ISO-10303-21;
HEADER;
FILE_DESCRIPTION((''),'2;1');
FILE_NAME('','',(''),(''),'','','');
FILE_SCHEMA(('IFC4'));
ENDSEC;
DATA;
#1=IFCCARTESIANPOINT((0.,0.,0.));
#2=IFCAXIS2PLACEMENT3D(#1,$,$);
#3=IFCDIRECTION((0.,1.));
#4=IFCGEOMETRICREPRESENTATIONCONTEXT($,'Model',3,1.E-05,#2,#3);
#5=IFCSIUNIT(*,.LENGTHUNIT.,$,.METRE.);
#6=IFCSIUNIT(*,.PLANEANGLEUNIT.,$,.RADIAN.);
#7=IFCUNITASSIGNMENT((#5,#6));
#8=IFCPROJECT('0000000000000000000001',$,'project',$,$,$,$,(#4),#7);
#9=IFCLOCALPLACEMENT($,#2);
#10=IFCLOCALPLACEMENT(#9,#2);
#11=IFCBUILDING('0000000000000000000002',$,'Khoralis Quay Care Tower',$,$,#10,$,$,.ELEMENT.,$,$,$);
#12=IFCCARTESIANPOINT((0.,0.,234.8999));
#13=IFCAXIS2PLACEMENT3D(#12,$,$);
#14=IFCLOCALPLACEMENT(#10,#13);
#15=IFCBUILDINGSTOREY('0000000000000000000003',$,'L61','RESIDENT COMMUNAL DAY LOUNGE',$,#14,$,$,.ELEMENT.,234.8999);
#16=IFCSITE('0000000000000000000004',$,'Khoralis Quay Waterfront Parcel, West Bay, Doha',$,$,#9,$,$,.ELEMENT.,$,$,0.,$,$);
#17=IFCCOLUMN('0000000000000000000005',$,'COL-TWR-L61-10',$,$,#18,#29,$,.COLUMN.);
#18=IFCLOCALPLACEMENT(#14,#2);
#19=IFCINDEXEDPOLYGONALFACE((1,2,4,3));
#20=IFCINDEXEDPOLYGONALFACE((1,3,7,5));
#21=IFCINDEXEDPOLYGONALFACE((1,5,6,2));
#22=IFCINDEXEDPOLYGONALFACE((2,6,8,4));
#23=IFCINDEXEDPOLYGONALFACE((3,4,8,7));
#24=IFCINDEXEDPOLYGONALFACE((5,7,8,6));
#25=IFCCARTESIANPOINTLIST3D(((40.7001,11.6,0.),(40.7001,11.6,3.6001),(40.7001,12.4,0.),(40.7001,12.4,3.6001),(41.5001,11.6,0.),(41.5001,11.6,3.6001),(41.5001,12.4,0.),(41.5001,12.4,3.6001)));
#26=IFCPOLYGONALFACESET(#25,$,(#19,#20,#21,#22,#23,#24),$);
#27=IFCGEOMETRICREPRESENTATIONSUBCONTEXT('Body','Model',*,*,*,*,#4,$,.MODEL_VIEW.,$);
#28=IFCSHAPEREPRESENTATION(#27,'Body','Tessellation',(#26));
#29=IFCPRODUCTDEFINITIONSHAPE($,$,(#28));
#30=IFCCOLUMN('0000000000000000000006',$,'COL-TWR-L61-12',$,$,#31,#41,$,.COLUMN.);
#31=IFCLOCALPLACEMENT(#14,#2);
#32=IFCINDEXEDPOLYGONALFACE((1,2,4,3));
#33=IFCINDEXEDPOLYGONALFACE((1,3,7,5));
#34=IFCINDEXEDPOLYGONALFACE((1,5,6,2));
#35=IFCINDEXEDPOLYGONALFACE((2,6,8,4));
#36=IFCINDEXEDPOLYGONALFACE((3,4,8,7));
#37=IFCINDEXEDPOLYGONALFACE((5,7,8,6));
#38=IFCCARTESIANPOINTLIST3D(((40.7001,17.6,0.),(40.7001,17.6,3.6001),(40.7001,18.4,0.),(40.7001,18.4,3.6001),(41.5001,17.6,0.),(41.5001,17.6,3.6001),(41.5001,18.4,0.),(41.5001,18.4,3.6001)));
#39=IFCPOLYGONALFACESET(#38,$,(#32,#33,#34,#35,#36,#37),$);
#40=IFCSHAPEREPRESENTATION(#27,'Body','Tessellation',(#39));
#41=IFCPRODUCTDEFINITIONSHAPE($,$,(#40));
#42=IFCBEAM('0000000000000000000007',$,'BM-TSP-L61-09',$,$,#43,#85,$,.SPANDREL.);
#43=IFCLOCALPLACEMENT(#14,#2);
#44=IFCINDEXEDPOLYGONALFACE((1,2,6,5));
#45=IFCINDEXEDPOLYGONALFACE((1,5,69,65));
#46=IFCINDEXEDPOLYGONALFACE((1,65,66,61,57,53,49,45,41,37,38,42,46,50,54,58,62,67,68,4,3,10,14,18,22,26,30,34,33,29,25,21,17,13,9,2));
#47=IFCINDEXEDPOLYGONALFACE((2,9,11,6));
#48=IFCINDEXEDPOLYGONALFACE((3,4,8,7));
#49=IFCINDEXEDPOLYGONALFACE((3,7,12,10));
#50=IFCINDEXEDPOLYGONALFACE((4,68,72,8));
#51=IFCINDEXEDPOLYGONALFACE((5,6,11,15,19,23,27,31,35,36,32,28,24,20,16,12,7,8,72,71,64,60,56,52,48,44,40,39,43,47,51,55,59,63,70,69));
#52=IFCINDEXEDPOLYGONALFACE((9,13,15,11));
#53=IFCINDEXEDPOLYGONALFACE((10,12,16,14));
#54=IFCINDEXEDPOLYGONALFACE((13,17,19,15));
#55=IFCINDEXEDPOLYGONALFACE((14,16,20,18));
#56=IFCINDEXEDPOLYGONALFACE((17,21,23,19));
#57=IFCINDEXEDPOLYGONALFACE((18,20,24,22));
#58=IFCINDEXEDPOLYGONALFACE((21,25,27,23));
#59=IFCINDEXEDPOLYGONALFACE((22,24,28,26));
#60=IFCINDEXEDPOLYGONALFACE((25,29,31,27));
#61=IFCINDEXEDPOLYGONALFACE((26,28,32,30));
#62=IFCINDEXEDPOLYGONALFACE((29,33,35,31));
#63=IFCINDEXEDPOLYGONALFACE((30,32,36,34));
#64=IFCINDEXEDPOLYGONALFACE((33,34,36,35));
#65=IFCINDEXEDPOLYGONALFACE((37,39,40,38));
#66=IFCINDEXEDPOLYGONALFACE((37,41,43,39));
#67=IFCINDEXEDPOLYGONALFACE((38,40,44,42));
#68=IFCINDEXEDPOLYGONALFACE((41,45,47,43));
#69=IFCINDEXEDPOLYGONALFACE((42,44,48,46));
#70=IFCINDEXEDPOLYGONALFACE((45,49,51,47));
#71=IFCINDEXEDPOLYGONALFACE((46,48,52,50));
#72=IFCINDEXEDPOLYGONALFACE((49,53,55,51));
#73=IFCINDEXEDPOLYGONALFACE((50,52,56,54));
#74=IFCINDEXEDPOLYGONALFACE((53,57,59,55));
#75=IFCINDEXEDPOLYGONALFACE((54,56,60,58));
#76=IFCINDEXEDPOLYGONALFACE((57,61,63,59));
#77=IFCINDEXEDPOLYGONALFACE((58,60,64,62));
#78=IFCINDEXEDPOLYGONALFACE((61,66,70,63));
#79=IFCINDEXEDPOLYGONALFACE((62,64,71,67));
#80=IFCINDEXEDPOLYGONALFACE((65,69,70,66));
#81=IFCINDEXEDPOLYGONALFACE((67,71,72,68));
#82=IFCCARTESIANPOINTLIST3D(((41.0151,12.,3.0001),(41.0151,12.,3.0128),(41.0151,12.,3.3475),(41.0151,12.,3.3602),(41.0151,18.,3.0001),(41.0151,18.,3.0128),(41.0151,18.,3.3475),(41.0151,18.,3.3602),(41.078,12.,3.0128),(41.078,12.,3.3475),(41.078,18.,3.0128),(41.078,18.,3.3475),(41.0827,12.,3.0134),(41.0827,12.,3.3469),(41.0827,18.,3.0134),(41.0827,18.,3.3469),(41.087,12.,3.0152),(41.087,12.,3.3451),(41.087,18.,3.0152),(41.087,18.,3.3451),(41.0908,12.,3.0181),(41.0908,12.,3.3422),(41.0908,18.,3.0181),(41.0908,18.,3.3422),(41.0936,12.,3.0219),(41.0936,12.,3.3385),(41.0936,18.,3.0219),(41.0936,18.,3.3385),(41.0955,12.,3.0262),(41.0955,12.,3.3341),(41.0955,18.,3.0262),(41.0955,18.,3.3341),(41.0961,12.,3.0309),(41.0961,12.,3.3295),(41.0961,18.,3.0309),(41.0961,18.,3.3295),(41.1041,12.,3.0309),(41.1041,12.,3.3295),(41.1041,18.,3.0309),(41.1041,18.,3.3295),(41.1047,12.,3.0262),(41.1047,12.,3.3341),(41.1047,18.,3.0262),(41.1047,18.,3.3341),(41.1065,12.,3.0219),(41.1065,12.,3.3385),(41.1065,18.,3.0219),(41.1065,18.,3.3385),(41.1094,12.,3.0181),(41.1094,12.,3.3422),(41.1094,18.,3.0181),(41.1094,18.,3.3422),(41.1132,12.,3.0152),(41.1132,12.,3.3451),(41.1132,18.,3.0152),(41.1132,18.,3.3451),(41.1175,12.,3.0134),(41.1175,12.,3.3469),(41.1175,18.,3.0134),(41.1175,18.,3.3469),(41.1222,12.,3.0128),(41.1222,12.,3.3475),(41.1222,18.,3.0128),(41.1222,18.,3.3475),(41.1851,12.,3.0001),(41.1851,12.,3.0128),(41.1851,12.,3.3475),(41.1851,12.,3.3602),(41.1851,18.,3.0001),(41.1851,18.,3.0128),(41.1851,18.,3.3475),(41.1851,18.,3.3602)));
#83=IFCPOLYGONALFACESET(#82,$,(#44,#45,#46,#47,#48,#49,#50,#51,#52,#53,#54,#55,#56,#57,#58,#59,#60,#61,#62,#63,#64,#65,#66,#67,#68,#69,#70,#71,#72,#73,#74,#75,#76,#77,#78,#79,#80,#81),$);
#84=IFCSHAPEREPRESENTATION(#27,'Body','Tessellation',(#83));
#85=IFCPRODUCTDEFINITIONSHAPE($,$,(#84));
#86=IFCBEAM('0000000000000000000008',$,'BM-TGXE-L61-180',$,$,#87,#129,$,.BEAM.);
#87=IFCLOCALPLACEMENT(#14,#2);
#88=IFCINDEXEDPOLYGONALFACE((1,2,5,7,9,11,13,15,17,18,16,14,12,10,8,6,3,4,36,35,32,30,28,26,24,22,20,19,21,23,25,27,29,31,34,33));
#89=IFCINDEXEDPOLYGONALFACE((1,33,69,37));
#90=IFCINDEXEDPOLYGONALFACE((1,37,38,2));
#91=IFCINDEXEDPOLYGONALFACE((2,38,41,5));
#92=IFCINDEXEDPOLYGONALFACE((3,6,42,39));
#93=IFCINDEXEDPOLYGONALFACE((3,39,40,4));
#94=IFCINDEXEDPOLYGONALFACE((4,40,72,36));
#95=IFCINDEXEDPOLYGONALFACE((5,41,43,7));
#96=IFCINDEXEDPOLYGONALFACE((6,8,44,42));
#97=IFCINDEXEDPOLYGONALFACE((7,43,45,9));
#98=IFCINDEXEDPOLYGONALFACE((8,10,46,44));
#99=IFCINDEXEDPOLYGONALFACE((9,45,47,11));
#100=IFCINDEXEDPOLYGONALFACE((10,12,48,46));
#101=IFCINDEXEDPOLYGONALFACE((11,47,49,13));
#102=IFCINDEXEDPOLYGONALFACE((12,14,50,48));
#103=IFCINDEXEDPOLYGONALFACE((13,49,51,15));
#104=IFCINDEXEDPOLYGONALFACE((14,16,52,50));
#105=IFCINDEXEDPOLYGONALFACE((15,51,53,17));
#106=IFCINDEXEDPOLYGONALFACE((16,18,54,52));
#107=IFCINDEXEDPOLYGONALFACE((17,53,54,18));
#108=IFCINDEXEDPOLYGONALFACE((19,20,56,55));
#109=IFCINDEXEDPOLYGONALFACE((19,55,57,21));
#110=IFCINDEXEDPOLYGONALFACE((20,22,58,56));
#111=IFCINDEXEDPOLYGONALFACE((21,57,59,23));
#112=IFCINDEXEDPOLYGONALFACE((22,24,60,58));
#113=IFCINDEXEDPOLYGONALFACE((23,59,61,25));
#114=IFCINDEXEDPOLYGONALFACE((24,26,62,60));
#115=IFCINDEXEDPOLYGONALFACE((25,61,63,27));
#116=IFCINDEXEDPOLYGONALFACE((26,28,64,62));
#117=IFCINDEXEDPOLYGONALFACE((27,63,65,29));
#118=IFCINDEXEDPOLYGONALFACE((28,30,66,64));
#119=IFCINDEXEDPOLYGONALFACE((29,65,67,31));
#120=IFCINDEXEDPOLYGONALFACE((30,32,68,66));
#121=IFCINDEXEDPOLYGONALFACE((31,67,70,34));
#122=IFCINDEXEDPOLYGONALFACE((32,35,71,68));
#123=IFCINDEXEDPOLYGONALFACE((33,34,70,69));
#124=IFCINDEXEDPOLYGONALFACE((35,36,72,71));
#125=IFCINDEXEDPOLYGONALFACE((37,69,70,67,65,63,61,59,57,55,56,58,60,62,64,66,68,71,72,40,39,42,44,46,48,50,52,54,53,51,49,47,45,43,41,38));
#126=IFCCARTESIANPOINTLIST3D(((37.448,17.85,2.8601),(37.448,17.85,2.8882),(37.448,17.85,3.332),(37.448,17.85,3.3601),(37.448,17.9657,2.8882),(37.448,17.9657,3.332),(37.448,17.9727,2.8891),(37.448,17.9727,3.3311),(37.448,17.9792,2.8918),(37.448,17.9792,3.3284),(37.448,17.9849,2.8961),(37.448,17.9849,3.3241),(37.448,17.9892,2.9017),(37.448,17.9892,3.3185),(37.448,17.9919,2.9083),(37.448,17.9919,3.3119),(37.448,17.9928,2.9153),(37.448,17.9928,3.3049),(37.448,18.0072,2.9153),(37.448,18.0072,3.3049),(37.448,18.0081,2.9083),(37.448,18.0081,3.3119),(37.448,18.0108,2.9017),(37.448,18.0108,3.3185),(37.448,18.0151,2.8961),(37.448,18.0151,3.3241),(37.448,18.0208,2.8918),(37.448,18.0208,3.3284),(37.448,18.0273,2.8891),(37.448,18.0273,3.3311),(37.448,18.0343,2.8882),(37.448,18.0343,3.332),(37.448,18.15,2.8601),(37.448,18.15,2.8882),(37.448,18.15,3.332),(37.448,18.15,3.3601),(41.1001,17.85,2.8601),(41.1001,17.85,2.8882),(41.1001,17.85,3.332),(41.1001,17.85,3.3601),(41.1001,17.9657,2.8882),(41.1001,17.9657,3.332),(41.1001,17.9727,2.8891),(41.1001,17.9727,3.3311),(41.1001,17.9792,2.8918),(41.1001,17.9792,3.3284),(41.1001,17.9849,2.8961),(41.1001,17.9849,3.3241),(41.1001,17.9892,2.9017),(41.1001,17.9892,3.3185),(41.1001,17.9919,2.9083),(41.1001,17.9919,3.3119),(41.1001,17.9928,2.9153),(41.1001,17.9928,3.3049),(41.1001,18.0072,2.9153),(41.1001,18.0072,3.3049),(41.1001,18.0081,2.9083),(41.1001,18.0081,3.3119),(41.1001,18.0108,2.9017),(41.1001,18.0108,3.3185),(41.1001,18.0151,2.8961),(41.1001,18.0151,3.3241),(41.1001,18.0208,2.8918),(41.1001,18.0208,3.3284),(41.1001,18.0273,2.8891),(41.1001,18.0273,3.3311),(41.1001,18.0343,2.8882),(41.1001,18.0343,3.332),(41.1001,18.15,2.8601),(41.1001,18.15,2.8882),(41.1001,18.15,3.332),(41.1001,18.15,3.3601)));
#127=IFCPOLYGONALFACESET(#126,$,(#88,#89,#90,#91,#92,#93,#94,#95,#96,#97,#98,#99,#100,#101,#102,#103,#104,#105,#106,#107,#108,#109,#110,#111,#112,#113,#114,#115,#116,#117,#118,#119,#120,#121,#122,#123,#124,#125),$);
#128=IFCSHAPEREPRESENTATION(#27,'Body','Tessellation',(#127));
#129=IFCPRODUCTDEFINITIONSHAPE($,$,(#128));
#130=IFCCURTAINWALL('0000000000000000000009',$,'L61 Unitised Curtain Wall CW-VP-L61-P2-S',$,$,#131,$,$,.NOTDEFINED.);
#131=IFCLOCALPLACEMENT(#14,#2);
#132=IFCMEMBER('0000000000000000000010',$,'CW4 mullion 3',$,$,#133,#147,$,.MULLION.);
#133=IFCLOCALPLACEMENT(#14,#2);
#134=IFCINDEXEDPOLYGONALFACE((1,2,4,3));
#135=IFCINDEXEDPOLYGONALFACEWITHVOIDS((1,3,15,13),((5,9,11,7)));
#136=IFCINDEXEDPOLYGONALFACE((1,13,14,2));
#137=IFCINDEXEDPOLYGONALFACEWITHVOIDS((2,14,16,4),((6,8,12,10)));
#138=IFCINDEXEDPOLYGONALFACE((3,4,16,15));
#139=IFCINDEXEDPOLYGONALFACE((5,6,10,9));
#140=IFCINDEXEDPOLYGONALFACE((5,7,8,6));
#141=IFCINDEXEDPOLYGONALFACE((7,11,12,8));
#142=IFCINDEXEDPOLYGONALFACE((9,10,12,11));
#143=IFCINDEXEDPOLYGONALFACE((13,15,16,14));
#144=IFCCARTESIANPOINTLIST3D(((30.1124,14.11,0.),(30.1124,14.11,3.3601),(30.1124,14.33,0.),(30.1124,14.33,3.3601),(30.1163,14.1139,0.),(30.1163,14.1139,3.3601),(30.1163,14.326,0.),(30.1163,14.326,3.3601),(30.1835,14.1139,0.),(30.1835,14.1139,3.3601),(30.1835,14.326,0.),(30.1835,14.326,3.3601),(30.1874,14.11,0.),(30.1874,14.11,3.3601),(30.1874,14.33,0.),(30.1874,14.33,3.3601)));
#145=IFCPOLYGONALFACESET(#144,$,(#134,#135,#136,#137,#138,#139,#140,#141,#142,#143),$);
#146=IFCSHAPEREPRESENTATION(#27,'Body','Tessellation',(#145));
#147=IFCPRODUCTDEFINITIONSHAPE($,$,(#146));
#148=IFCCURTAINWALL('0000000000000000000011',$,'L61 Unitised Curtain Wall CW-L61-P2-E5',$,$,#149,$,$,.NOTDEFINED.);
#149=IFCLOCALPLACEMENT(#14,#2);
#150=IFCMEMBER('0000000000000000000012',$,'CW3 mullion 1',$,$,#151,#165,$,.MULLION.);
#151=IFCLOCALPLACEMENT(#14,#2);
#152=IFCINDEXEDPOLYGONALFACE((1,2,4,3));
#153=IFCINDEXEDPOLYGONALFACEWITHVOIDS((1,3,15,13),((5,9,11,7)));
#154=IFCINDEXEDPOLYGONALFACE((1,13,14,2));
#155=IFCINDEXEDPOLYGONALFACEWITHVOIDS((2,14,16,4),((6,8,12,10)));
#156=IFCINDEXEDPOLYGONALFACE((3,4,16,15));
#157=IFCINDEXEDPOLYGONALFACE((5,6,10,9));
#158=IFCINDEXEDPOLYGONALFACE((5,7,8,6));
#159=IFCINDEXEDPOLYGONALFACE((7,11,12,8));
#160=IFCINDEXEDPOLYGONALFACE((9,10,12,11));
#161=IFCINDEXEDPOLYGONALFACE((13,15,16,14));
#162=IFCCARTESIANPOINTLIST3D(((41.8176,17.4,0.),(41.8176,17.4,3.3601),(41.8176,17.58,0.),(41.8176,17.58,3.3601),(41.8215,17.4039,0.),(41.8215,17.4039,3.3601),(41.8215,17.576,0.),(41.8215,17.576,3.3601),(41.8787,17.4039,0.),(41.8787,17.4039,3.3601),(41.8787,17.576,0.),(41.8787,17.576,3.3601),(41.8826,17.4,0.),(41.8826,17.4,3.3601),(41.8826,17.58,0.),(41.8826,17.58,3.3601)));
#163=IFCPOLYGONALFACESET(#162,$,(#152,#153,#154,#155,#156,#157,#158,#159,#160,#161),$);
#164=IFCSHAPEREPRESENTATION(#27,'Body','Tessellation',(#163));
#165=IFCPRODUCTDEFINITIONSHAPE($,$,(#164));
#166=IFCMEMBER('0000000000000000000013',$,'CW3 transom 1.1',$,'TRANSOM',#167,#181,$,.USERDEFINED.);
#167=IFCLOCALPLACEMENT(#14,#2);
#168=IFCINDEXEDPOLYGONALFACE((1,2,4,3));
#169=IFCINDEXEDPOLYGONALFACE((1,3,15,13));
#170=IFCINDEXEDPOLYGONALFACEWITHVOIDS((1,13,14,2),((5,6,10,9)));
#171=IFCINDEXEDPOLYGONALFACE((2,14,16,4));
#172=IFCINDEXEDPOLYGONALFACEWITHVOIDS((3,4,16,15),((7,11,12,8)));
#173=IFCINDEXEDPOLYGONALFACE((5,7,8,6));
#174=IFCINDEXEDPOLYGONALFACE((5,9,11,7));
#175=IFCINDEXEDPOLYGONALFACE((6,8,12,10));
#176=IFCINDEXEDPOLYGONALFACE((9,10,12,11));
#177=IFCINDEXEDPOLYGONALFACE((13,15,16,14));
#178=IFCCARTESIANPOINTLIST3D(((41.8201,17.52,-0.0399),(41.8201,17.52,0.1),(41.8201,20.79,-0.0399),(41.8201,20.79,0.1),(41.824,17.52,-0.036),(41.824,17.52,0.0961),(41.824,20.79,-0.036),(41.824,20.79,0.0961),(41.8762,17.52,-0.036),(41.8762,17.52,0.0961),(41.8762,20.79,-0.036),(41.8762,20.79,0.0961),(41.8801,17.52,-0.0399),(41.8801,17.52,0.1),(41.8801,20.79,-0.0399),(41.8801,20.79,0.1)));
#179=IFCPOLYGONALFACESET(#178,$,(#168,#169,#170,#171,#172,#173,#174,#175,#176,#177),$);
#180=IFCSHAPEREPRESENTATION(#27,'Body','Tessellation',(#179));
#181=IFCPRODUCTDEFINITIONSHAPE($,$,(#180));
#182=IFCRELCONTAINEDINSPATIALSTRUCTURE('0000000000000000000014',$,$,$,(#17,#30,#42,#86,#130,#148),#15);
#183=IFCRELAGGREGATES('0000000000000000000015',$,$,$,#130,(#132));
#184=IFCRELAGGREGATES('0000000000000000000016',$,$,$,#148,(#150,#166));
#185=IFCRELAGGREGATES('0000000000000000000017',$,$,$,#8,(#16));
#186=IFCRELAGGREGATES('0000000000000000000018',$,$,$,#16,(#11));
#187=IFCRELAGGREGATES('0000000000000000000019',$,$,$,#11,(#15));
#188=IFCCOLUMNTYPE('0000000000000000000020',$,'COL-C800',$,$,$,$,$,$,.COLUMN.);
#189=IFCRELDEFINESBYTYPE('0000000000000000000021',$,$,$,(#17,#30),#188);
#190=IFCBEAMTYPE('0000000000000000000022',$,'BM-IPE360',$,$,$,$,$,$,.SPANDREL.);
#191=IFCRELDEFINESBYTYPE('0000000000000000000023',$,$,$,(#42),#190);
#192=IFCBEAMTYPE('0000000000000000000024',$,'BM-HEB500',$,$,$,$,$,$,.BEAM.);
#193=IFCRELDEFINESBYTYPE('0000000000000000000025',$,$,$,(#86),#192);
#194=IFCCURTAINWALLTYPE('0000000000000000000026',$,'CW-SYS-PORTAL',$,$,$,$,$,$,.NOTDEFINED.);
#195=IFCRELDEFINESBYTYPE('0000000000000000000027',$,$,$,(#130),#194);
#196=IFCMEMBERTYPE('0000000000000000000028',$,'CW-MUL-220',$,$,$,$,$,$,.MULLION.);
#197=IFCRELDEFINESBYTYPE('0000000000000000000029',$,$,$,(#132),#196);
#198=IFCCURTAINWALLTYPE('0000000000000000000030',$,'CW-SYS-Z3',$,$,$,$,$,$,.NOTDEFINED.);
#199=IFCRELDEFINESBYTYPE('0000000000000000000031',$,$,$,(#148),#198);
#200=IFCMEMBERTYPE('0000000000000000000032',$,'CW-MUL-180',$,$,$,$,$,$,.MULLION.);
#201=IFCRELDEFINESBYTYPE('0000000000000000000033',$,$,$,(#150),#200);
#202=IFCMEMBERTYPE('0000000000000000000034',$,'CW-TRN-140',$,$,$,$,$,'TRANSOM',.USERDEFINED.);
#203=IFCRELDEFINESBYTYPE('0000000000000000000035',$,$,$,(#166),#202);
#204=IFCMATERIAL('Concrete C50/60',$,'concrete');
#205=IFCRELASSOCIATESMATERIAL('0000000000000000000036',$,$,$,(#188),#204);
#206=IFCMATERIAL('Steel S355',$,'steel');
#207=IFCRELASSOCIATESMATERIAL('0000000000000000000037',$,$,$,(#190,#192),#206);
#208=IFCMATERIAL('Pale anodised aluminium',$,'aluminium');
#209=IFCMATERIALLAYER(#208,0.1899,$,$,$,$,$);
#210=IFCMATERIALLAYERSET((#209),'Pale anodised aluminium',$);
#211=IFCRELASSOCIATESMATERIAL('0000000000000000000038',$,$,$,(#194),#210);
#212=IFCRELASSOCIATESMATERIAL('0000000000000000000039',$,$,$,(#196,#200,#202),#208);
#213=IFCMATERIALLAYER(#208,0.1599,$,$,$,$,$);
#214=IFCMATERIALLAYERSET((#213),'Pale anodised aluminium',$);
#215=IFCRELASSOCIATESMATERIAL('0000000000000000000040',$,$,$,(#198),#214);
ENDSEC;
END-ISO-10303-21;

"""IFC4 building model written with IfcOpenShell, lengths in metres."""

from ifc_helpers import new_model, si_unit, direction, frame, origin, origin_2d, place, context, subcontext, project, spatial, rectangle, hollow_rectangle, i_section, extrude, source, transform, mapped, material, layer, layer_set, material_profile, profile_set, type_object, element, aggregate, save


model = new_model("IFC4")

# Units and contexts
model_context = context("Model", 3, precision=1e-05, world=origin(), true_north=direction((0.0, 1.0)))
body_context = subcontext(model_context, "Body", "Model", "MODEL_VIEW")
ifc_project = project(units=[si_unit("LENGTHUNIT", "METRE"), si_unit("PLANEANGLEUNIT", "RADIAN")], contexts=[model_context])

# Site, building, storey
site_placement = place(None, origin())
site = spatial("IfcSite", under=ifc_project, at=site_placement, Name="Khoralis Quay Waterfront Parcel, West Bay, Doha", CompositionType="ELEMENT", RefElevation=0.0)
building_placement = place(site_placement, origin())
building = spatial("IfcBuilding", under=site, at=building_placement, Name="Khoralis Quay Care Tower", CompositionType="ELEMENT")
storey_placement = place(building_placement, frame((0.0, 0.0, 234.8999)))
storey = spatial("IfcBuildingStorey", under=building, at=storey_placement, Name="L61", Description="RESIDENT COMMUNAL DAY LOUNGE", CompositionType="ELEMENT", Elevation=234.8999)

# Columns
ifc_material_1 = material(Name="Concrete C50/60", Category="concrete")
ifc_material_profile_1 = material_profile(ifc_material_1, rectangle(XDim=0.8, YDim=0.8, at=origin_2d()), Name="Concrete C50/60")
ifc_profile_set_1 = profile_set([ifc_material_profile_1], Name="Concrete C50/60")
column_type = type_object("IfcColumnType", Name="COL-C800", PredefinedType="COLUMN", material=ifc_profile_set_1)
shared_shape_1 = source(origin(), body_context, "Body", "SweptSolid", [
    extrude(rectangle(XDim=0.8, YDim=0.8, at=origin_2d()), origin(), (0.0, 0.0, 1.0), 3.6001),
])
for number, where, z_axis, x_axis, name in (
    (1, (41.1001, 12.0, 0.0), (0.0, 0.0, 1.0), (1.0, 0.0, 0.0), "COL-TWR-L61-10"),
    (2, (41.1001, 18.0, 0.0), (0.0, 0.0, 1.0), (1.0, 0.0, 0.0), "COL-TWR-L61-12"),
):
    element("IfcColumn", number, at=place(storey_placement, frame(where, z_axis=z_axis, x_axis=x_axis)), inside=storey, type_object=column_type, Name=name, PredefinedType="COLUMN", context=body_context, shape_type="MappedRepresentation", body=[
        mapped(shared_shape_1, transform((0.0, 0.0, 0.0), scale=1.0)),
    ])

# Beams
ifc_material_2 = material(Name="Steel S355", Category="steel")
ifc_material_profile_2 = material_profile(ifc_material_2, i_section(OverallWidth=0.1699, OverallDepth=0.3601, WebThickness=0.0081, FlangeThickness=0.0127, FilletRadius=0.0181, at=origin_2d()), Name="Steel S355")
ifc_profile_set_2 = profile_set([ifc_material_profile_2], Name="Steel S355")
beam_type_1 = type_object("IfcBeamType", Name="BM-IPE360", PredefinedType="SPANDREL", material=ifc_profile_set_2)
shared_shape_2 = source(origin(), body_context, "Body", "SweptSolid", [
    extrude(i_section(OverallWidth=0.1699, OverallDepth=0.3601, WebThickness=0.0081, FlangeThickness=0.0127, FilletRadius=0.0181, at=origin_2d()), origin(), (0.0, 0.0, 1.0), 6.0),
])
beam_1_placement = place(storey_placement, frame((41.1001, 12.0, 3.1802), z_axis=(0.0, 1.0, 0.0), x_axis=(-1.0, 0.0, 0.0)))
element("IfcBeam", 3, at=beam_1_placement, inside=storey, type_object=beam_type_1, Name="BM-TSP-L61-09", PredefinedType="SPANDREL", context=body_context, shape_type="MappedRepresentation", body=[
    mapped(shared_shape_2, transform((0.0, 0.0, 0.0), scale=1.0)),
])
ifc_material_profile_3 = material_profile(ifc_material_2, i_section(OverallWidth=0.3, OverallDepth=0.5, WebThickness=0.0144, FlangeThickness=0.0281, FilletRadius=0.0271, at=origin_2d()), Name="Steel S355")
ifc_profile_set_3 = profile_set([ifc_material_profile_3], Name="Steel S355")
beam_type_2 = type_object("IfcBeamType", Name="BM-HEB500", PredefinedType="BEAM", material=ifc_profile_set_3)
shared_shape_3 = source(origin(), body_context, "Body", "SweptSolid", [
    extrude(i_section(OverallWidth=0.3, OverallDepth=0.5, WebThickness=0.0144, FlangeThickness=0.0281, FilletRadius=0.0271, at=origin_2d()), origin(), (0.0, 0.0, 1.0), 3.6521),
])
beam_2_placement = place(storey_placement, frame((37.448, 18.0, 3.1101), z_axis=(1.0, 0.0, 0.0), x_axis=(0.0, 1.0, 0.0)))
element("IfcBeam", 4, at=beam_2_placement, inside=storey, type_object=beam_type_2, Name="BM-TGXE-L61-180", PredefinedType="BEAM", context=body_context, shape_type="MappedRepresentation", body=[
    mapped(shared_shape_3, transform((0.0, 0.0, 0.0), scale=1.0)),
])

# Curtain wall, member
ifc_material_3 = material(Name="Pale anodised aluminium", Category="aluminium")
ifc_layer_1 = layer(ifc_material_3, 0.1899)
ifc_layer_set_1 = layer_set([ifc_layer_1], Name="Pale anodised aluminium")
curtain_wall_type_1 = type_object("IfcCurtainWallType", Name="CW-SYS-PORTAL", PredefinedType="NOTDEFINED", material=ifc_layer_set_1)
curtain_wall_1_placement = place(storey_placement, origin())
curtain_wall_1 = element("IfcCurtainWall", 5, at=curtain_wall_1_placement, inside=storey, type_object=curtain_wall_type_1, Name="L61 Unitised Curtain Wall CW-VP-L61-P2-S", PredefinedType="NOTDEFINED")
ifc_material_profile_4 = material_profile(ifc_material_3, hollow_rectangle(XDim=0.075, YDim=0.22, WallThickness=0.0039, at=origin_2d()), Name="Pale anodised aluminium")
ifc_profile_set_4 = profile_set([ifc_material_profile_4], Name="Pale anodised aluminium")
member_type_1 = type_object("IfcMemberType", Name="CW-MUL-220", PredefinedType="MULLION", material=ifc_profile_set_4)
shared_shape_4 = source(origin(), body_context, "Body", "SweptSolid", [
    extrude(hollow_rectangle(XDim=0.075, YDim=0.22, WallThickness=0.0039, at=origin_2d()), origin(), (0.0, 0.0, 1.0), 3.3601),
])
member_1_placement = place(storey_placement, frame((30.1499, 14.22, 0.0), z_axis=(0.0, 0.0, 1.0), x_axis=(-1.0, 0.0, 0.0)))
member_1 = element("IfcMember", 6, at=member_1_placement, type_object=member_type_1, Name="CW4 mullion 3", PredefinedType="MULLION", context=body_context, shape_type="MappedRepresentation", body=[
    mapped(shared_shape_4, transform((0.0, 0.0, 0.0), scale=1.0)),
])
aggregate(curtain_wall_1, [member_1])

# Curtain wall, members
ifc_layer_2 = layer(ifc_material_3, 0.1599)
ifc_layer_set_2 = layer_set([ifc_layer_2], Name="Pale anodised aluminium")
curtain_wall_type_2 = type_object("IfcCurtainWallType", Name="CW-SYS-Z3", PredefinedType="NOTDEFINED", material=ifc_layer_set_2)
curtain_wall_2_placement = place(storey_placement, origin())
curtain_wall_2 = element("IfcCurtainWall", 7, at=curtain_wall_2_placement, inside=storey, type_object=curtain_wall_type_2, Name="L61 Unitised Curtain Wall CW-L61-P2-E5", PredefinedType="NOTDEFINED")
ifc_material_profile_5 = material_profile(ifc_material_3, hollow_rectangle(XDim=0.0649, YDim=0.1799, WallThickness=0.0039, at=origin_2d()), Name="Pale anodised aluminium")
ifc_profile_set_5 = profile_set([ifc_material_profile_5], Name="Pale anodised aluminium")
member_type_2 = type_object("IfcMemberType", Name="CW-MUL-180", PredefinedType="MULLION", material=ifc_profile_set_5)
shared_shape_5 = source(origin(), body_context, "Body", "SweptSolid", [
    extrude(hollow_rectangle(XDim=0.0649, YDim=0.1799, WallThickness=0.0039, at=origin_2d()), origin(), (0.0, 0.0, 1.0), 3.3601),
])
member_2_placement = place(storey_placement, frame((41.8501, 17.49, 0.0), z_axis=(0.0, 0.0, 1.0), x_axis=(-1.0, 0.0, 0.0)))
member_2 = element("IfcMember", 8, at=member_2_placement, type_object=member_type_2, Name="CW3 mullion 1", PredefinedType="MULLION", context=body_context, shape_type="MappedRepresentation", body=[
    mapped(shared_shape_5, transform((0.0, 0.0, 0.0), scale=1.0)),
])
ifc_material_profile_6 = material_profile(ifc_material_3, hollow_rectangle(XDim=0.0601, YDim=0.1399, WallThickness=0.0039, at=origin_2d()), Name="Pale anodised aluminium")
ifc_profile_set_6 = profile_set([ifc_material_profile_6], Name="Pale anodised aluminium")
member_type_3 = type_object("IfcMemberType", Name="CW-TRN-140", ElementType="TRANSOM", PredefinedType="USERDEFINED", material=ifc_profile_set_6)
shared_shape_6 = source(origin(), body_context, "Body", "SweptSolid", [
    extrude(hollow_rectangle(XDim=0.0601, YDim=0.1399, WallThickness=0.0039, at=origin_2d()), origin(), (0.0, 0.0, 1.0), 3.27),
])
member_3_placement = place(storey_placement, frame((41.8501, 17.52, 0.03), z_axis=(0.0, 1.0, 0.0), x_axis=(-1.0, 0.0, 0.0)))
member_3 = element("IfcMember", 9, at=member_3_placement, type_object=member_type_3, Name="CW3 transom 1.1", ObjectType="TRANSOM", PredefinedType="USERDEFINED", context=body_context, shape_type="MappedRepresentation", body=[
    mapped(shared_shape_6, transform((0.0, 0.0, 0.0), scale=1.0)),
])
aggregate(curtain_wall_2, [member_2, member_3])

save(model, "model.ifc")
